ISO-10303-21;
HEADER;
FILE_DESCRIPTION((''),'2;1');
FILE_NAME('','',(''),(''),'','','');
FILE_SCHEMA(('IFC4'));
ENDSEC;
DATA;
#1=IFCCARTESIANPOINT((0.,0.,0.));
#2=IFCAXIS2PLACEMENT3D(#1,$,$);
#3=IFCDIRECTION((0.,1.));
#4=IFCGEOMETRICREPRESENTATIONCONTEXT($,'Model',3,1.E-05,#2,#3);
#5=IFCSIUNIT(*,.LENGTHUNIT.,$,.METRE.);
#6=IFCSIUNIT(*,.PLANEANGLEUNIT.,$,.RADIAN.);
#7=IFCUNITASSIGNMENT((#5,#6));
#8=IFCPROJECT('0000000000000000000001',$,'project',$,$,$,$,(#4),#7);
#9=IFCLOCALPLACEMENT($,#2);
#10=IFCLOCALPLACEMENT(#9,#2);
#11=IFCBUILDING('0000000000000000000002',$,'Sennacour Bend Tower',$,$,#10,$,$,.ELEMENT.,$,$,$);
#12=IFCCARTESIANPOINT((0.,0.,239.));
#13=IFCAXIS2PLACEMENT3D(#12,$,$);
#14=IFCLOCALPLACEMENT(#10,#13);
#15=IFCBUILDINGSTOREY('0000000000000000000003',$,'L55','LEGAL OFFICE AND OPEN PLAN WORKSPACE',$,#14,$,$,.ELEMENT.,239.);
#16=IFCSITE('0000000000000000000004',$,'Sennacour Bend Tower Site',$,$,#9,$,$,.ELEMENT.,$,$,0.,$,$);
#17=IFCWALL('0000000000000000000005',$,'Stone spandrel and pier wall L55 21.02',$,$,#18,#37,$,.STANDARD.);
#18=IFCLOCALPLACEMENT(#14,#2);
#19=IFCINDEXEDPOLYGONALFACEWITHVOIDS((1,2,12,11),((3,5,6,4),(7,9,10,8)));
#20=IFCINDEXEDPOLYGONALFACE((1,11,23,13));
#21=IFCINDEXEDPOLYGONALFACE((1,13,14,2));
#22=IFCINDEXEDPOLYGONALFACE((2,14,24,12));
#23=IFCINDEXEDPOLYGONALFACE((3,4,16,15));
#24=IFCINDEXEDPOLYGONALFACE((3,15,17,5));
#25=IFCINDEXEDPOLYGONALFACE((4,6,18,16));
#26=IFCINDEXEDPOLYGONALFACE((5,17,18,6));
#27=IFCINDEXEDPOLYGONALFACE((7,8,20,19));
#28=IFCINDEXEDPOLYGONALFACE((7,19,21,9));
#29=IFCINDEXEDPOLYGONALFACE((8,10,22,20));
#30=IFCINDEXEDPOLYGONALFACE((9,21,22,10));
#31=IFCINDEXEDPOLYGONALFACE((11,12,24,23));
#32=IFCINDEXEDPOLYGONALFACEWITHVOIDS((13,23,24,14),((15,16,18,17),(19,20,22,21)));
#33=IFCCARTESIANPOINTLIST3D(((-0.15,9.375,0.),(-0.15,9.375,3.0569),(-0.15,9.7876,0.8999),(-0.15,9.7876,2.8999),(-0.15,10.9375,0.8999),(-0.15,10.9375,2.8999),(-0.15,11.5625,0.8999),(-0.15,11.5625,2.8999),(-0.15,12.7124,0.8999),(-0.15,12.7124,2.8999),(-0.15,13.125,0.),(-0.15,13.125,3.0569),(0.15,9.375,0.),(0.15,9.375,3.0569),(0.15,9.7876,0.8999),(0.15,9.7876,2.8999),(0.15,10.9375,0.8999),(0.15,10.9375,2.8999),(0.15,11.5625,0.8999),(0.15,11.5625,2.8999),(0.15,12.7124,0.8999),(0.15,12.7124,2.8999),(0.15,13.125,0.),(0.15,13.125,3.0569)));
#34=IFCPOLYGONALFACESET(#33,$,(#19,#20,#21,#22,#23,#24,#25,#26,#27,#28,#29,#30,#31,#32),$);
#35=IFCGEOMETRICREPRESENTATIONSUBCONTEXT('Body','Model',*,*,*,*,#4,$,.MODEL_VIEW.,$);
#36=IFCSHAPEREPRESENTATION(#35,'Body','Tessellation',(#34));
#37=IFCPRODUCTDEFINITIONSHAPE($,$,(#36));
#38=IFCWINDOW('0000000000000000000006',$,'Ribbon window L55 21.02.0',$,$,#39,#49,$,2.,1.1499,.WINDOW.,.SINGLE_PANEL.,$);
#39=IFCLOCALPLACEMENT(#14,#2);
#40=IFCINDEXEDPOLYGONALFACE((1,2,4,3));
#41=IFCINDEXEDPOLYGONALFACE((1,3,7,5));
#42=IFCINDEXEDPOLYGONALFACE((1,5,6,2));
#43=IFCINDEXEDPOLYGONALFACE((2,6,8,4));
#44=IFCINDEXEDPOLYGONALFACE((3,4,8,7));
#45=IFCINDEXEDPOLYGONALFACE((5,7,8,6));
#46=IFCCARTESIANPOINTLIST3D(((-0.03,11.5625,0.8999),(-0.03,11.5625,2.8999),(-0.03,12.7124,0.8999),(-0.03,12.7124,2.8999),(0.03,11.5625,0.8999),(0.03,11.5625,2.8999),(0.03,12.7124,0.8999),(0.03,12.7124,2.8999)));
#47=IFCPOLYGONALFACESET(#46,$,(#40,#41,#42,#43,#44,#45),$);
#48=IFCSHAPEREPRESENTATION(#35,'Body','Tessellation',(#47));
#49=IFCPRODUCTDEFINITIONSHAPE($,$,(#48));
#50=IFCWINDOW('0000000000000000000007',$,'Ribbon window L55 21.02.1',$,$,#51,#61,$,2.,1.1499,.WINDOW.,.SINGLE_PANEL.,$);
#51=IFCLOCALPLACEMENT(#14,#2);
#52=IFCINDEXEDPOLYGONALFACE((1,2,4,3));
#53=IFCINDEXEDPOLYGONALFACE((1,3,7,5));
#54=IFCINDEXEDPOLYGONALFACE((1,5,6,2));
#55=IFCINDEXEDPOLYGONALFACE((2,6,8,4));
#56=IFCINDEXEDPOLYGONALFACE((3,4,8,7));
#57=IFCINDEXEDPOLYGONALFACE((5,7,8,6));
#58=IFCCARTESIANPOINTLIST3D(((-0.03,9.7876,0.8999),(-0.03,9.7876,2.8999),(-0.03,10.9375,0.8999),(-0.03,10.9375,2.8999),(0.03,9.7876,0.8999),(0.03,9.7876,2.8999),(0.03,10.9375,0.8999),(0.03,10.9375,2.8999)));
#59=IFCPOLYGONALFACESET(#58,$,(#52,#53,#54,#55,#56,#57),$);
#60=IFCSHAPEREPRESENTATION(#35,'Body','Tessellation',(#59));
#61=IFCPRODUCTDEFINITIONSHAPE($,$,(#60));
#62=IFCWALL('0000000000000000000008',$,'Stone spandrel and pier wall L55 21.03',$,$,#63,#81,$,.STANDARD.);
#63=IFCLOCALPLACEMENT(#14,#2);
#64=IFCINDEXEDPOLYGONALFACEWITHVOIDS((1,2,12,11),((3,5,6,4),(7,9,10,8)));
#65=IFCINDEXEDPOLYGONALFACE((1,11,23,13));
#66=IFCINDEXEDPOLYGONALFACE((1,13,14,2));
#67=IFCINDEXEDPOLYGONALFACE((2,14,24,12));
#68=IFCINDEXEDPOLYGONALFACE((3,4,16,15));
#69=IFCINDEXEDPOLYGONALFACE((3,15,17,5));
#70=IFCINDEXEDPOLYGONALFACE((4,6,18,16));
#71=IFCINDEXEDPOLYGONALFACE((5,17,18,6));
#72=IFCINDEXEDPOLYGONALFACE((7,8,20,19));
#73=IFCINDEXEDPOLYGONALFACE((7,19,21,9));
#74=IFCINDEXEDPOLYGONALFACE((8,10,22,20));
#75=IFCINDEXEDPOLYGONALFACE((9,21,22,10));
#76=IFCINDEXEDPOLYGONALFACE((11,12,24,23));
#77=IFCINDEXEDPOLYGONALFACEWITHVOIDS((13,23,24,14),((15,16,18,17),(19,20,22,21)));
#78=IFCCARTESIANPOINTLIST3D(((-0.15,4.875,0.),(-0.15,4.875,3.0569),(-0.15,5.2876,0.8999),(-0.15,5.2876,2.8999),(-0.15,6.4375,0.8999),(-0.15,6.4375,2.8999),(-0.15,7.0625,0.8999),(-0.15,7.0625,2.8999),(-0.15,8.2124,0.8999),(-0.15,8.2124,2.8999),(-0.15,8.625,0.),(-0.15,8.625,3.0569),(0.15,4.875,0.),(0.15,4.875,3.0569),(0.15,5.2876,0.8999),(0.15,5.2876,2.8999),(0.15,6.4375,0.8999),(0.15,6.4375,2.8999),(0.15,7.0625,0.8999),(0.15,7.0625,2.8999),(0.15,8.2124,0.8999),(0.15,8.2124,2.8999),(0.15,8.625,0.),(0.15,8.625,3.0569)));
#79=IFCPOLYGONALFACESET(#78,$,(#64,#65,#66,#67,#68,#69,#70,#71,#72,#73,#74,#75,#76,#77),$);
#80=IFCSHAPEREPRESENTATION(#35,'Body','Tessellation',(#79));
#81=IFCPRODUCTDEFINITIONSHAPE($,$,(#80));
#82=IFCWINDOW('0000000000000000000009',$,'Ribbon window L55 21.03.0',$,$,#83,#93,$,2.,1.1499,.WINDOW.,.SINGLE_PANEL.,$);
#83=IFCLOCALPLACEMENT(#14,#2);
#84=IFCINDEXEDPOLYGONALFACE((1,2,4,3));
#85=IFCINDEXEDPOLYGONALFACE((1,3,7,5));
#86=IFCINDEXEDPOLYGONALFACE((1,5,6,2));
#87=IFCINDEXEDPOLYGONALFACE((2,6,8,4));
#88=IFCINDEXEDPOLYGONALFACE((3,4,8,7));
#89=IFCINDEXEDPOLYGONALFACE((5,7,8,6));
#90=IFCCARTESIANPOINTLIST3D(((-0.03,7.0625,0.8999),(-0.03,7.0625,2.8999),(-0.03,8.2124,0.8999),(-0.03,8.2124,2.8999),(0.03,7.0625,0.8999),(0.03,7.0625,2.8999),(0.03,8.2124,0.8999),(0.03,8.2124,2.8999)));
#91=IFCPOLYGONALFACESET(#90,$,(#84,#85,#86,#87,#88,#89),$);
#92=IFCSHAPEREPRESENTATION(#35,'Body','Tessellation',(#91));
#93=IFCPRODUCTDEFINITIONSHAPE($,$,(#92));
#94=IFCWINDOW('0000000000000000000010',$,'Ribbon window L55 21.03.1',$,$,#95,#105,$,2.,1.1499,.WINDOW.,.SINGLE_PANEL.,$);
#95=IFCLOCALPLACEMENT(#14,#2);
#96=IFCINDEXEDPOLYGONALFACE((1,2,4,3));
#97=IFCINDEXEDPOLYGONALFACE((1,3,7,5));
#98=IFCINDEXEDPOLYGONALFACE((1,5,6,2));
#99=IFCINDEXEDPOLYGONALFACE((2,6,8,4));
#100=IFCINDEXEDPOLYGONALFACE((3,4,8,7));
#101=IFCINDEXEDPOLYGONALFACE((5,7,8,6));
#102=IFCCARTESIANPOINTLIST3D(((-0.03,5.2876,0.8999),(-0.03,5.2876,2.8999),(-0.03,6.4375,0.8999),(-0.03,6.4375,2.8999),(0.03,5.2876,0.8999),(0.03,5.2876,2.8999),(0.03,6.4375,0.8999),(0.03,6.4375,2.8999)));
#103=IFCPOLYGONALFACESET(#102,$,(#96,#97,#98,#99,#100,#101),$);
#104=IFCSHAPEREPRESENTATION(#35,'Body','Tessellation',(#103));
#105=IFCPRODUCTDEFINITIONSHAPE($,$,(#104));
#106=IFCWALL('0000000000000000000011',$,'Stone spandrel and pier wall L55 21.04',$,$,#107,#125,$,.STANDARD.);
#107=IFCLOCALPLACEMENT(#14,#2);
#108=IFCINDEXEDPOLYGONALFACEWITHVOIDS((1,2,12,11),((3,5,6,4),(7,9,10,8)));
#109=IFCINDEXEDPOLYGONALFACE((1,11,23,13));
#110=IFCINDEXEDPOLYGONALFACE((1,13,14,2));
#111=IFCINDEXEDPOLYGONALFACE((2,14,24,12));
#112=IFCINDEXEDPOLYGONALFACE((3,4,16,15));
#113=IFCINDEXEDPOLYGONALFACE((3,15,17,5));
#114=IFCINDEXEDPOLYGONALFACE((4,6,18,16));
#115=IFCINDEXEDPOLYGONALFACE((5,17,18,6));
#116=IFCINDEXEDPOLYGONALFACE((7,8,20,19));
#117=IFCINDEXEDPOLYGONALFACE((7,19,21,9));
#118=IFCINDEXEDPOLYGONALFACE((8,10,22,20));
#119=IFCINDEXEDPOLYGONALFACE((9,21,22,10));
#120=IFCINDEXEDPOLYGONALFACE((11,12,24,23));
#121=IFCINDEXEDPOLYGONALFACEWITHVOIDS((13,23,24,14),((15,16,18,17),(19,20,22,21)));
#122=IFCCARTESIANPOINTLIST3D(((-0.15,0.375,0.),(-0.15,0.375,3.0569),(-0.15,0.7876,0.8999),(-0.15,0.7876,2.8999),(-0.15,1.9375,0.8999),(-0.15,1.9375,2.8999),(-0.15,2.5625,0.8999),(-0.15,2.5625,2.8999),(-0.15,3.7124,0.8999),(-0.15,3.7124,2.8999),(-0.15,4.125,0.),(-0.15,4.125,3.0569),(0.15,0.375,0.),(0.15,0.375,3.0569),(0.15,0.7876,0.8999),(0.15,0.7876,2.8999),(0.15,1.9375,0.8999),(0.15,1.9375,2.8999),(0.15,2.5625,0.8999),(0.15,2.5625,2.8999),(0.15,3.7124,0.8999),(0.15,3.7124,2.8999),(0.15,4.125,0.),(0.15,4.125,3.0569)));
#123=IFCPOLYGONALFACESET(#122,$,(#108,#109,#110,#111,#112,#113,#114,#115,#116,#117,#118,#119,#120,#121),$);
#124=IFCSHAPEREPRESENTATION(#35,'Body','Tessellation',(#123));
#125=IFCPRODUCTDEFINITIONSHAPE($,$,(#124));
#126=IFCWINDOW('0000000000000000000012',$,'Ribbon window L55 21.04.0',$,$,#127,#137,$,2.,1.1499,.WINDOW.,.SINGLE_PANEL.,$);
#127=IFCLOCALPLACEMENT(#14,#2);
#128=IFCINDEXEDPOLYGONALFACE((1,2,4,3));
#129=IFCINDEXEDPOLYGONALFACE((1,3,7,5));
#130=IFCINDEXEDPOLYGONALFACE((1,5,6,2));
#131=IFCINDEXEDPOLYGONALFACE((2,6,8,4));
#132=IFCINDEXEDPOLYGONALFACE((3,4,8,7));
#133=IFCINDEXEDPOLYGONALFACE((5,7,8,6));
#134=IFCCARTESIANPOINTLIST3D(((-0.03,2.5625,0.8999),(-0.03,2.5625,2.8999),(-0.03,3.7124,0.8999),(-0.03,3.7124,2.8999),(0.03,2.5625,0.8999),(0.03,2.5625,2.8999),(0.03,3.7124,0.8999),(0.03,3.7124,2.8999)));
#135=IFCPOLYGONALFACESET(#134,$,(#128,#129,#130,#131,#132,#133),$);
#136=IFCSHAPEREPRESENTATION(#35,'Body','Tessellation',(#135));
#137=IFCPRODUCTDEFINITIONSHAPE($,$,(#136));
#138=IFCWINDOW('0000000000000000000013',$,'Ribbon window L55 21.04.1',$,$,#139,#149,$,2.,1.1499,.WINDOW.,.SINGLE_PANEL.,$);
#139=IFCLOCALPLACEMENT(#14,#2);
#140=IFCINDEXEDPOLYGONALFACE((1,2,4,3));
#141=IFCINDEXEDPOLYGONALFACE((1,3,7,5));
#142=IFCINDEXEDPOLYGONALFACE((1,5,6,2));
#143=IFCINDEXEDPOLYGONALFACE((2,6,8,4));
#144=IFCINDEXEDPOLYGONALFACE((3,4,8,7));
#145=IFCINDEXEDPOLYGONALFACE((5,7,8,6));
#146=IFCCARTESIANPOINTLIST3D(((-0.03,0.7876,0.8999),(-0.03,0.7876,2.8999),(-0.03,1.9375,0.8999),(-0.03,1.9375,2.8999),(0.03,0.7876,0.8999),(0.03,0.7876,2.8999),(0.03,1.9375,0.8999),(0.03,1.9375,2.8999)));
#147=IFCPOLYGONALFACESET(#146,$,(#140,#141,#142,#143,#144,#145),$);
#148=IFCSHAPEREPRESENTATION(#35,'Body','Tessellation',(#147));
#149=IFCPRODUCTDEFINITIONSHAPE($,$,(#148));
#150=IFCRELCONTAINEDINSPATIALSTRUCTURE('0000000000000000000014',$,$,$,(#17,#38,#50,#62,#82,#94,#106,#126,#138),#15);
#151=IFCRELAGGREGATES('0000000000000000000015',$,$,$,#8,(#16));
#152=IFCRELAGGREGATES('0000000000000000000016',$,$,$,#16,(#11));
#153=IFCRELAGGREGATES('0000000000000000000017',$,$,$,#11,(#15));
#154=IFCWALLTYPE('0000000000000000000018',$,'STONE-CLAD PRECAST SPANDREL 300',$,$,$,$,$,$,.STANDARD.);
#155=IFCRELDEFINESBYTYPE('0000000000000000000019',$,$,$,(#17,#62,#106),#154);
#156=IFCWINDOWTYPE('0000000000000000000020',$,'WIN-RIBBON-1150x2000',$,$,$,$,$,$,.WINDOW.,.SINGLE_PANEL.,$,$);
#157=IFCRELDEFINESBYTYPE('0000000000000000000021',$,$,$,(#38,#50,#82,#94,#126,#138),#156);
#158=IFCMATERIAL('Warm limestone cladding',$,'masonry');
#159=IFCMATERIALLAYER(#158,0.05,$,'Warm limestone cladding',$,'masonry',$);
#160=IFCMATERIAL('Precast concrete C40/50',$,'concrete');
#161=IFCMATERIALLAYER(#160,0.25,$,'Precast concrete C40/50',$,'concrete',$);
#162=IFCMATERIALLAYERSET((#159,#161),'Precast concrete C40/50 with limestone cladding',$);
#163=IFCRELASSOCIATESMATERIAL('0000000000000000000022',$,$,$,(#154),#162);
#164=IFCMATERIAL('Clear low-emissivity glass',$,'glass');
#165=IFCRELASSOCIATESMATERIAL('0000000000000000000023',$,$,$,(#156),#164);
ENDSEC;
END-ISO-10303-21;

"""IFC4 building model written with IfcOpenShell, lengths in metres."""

from ifc_helpers import new_model, si_unit, direction, frame, frame_2d, origin, place, context, subcontext, project, spatial, rectangle, extrude, material, layer, layer_set, type_object, element, fill, save


model = new_model("IFC4")

# Units and contexts
model_context = context("Model", 3, precision=1e-05, world=origin(), true_north=direction((0.0, 1.0)))
body_context = subcontext(model_context, "Body", "Model", "MODEL_VIEW")
ifc_project = project(units=[si_unit("LENGTHUNIT", "METRE"), si_unit("PLANEANGLEUNIT", "RADIAN")], contexts=[model_context])

# Site, building, storey
site_placement = place(None, origin())
site = spatial("IfcSite", under=ifc_project, at=site_placement, Name="Sennacour Bend Tower Site", CompositionType="ELEMENT", RefElevation=0.0)
building_placement = place(site_placement, origin())
building = spatial("IfcBuilding", under=site, at=building_placement, Name="Sennacour Bend Tower", CompositionType="ELEMENT")
storey_placement = place(building_placement, frame((0.0, 0.0, 239.0)))
storey = spatial("IfcBuildingStorey", under=building, at=storey_placement, Name="L55", Description="LEGAL OFFICE AND OPEN PLAN WORKSPACE", CompositionType="ELEMENT", Elevation=239.0)

# Walls, openings, windows
ifc_material_1 = material(Name="Warm limestone cladding", Category="masonry")
ifc_layer_1 = layer(ifc_material_1, 0.05, Name="Warm limestone cladding", Category="masonry")
ifc_material_2 = material(Name="Precast concrete C40/50", Category="concrete")
ifc_layer_2 = layer(ifc_material_2, 0.25, Name="Precast concrete C40/50", Category="concrete")
ifc_layer_set_1 = layer_set([ifc_layer_1, ifc_layer_2], Name="Precast concrete C40/50 with limestone cladding")
wall_type_1 = type_object("IfcWallType", Name="STONE-CLAD PRECAST SPANDREL 300", PredefinedType="STANDARD", material=ifc_layer_set_1)
wall_1_placement = place(storey_placement, frame((0.0, 13.125, 0.0), z_axis=(0.0, 0.0, 1.0), x_axis=(0.0, -1.0, 0.0)))
wall_1 = element("IfcWall", 1, at=wall_1_placement, inside=storey, type_object=wall_type_1, Name="Stone spandrel and pier wall L55 21.02", PredefinedType="STANDARD", context=body_context, shape_type="SweptSolid", body=[
    extrude(rectangle(XDim=3.75, YDim=0.3, at=frame_2d((1.875, 0.0))), origin(), (0.0, 0.0, 1.0), 3.0569),
])
opening_1_placement = place(wall_1_placement, frame((0.4126, 0.0, 0.8999)))
opening_1 = element("IfcOpeningElement", 2, at=opening_1_placement, cuts=wall_1, PredefinedType="OPENING", context=body_context, shape_type="SweptSolid", body=[
    extrude(rectangle(XDim=1.1499, YDim=2.0, at=frame_2d((0.575, 1.0))), frame((0.0, 0.1602, 0.0), z_axis=(0.0, -1.0, 0.0), x_axis=(1.0, 0.0, 0.0)), (0.0, 0.0, 1.0), 0.3201),
])
opening_2_placement = place(wall_1_placement, frame((2.1875, 0.0, 0.8999)))
opening_2 = element("IfcOpeningElement", 3, at=opening_2_placement, cuts=wall_1, PredefinedType="OPENING", context=body_context, shape_type="SweptSolid", body=[
    extrude(rectangle(XDim=1.1499, YDim=2.0, at=frame_2d((0.575, 1.0))), frame((0.0, 0.1602, 0.0), z_axis=(0.0, -1.0, 0.0), x_axis=(1.0, 0.0, 0.0)), (0.0, 0.0, 1.0), 0.3201),
])
ifc_material_3 = material(Name="Clear low-emissivity glass", Category="glass")
window_type = type_object("IfcWindowType", Name="WIN-RIBBON-1150x2000", PartitioningType="SINGLE_PANEL", PredefinedType="WINDOW", material=ifc_material_3)
window_1_placement = place(opening_1_placement, origin())
window_1 = element("IfcWindow", 4, at=window_1_placement, inside=storey, type_object=window_type, Name="Ribbon window L55 21.02.0", OverallHeight=2.0, OverallWidth=1.1499, PartitioningType="SINGLE_PANEL", PredefinedType="WINDOW", context=body_context, shape_type="SweptSolid", body=[
    extrude(rectangle(XDim=1.1499, YDim=2.0, at=frame_2d((0.575, 1.0))), frame((0.0, 0.03, 0.0), z_axis=(0.0, -1.0, 0.0), x_axis=(1.0, 0.0, 0.0)), (0.0, 0.0, 1.0), 0.0601),
])
fill(opening_1, window_1)
window_2_placement = place(opening_2_placement, origin())
window_2 = element("IfcWindow", 5, at=window_2_placement, inside=storey, type_object=window_type, Name="Ribbon window L55 21.02.1", OverallHeight=2.0, OverallWidth=1.1499, PartitioningType="SINGLE_PANEL", PredefinedType="WINDOW", context=body_context, shape_type="SweptSolid", body=[
    extrude(rectangle(XDim=1.1499, YDim=2.0, at=frame_2d((0.575, 1.0))), frame((0.0, 0.03, 0.0), z_axis=(0.0, -1.0, 0.0), x_axis=(1.0, 0.0, 0.0)), (0.0, 0.0, 1.0), 0.0601),
])
fill(opening_2, window_2)
wall_2_placement = place(storey_placement, frame((0.0, 8.625, 0.0), z_axis=(0.0, 0.0, 1.0), x_axis=(0.0, -1.0, 0.0)))
wall_2 = element("IfcWall", 6, at=wall_2_placement, inside=storey, type_object=wall_type_1, Name="Stone spandrel and pier wall L55 21.03", PredefinedType="STANDARD", context=body_context, shape_type="SweptSolid", body=[
    extrude(rectangle(XDim=3.75, YDim=0.3, at=frame_2d((1.875, 0.0))), origin(), (0.0, 0.0, 1.0), 3.0569),
])
opening_3_placement = place(wall_2_placement, frame((0.4126, 0.0, 0.8999)))
opening_3 = element("IfcOpeningElement", 7, at=opening_3_placement, cuts=wall_2, PredefinedType="OPENING", context=body_context, shape_type="SweptSolid", body=[
    extrude(rectangle(XDim=1.1499, YDim=2.0, at=frame_2d((0.575, 1.0))), frame((0.0, 0.1602, 0.0), z_axis=(0.0, -1.0, 0.0), x_axis=(1.0, 0.0, 0.0)), (0.0, 0.0, 1.0), 0.3201),
])
opening_4_placement = place(wall_2_placement, frame((2.1875, 0.0, 0.8999)))
opening_4 = element("IfcOpeningElement", 8, at=opening_4_placement, cuts=wall_2, PredefinedType="OPENING", context=body_context, shape_type="SweptSolid", body=[
    extrude(rectangle(XDim=1.1499, YDim=2.0, at=frame_2d((0.575, 1.0))), frame((0.0, 0.1602, 0.0), z_axis=(0.0, -1.0, 0.0), x_axis=(1.0, 0.0, 0.0)), (0.0, 0.0, 1.0), 0.3201),
])
window_3_placement = place(opening_3_placement, origin())
window_3 = element("IfcWindow", 9, at=window_3_placement, inside=storey, type_object=window_type, Name="Ribbon window L55 21.03.0", OverallHeight=2.0, OverallWidth=1.1499, PartitioningType="SINGLE_PANEL", PredefinedType="WINDOW", context=body_context, shape_type="SweptSolid", body=[
    extrude(rectangle(XDim=1.1499, YDim=2.0, at=frame_2d((0.575, 1.0))), frame((0.0, 0.03, 0.0), z_axis=(0.0, -1.0, 0.0), x_axis=(1.0, 0.0, 0.0)), (0.0, 0.0, 1.0), 0.0601),
])
fill(opening_3, window_3)
window_4_placement = place(opening_4_placement, origin())
window_4 = element("IfcWindow", 10, at=window_4_placement, inside=storey, type_object=window_type, Name="Ribbon window L55 21.03.1", OverallHeight=2.0, OverallWidth=1.1499, PartitioningType="SINGLE_PANEL", PredefinedType="WINDOW", context=body_context, shape_type="SweptSolid", body=[
    extrude(rectangle(XDim=1.1499, YDim=2.0, at=frame_2d((0.575, 1.0))), frame((0.0, 0.03, 0.0), z_axis=(0.0, -1.0, 0.0), x_axis=(1.0, 0.0, 0.0)), (0.0, 0.0, 1.0), 0.0601),
])
fill(opening_4, window_4)
wall_3_placement = place(storey_placement, frame((0.0, 4.125, 0.0), z_axis=(0.0, 0.0, 1.0), x_axis=(0.0, -1.0, 0.0)))
wall_3 = element("IfcWall", 11, at=wall_3_placement, inside=storey, type_object=wall_type_1, Name="Stone spandrel and pier wall L55 21.04", PredefinedType="STANDARD", context=body_context, shape_type="SweptSolid", body=[
    extrude(rectangle(XDim=3.75, YDim=0.3, at=frame_2d((1.875, 0.0))), origin(), (0.0, 0.0, 1.0), 3.0569),
])
opening_5_placement = place(wall_3_placement, frame((0.4126, 0.0, 0.8999)))
opening_5 = element("IfcOpeningElement", 12, at=opening_5_placement, cuts=wall_3, PredefinedType="OPENING", context=body_context, shape_type="SweptSolid", body=[
    extrude(rectangle(XDim=1.1499, YDim=2.0, at=frame_2d((0.575, 1.0))), frame((0.0, 0.1602, 0.0), z_axis=(0.0, -1.0, 0.0), x_axis=(1.0, 0.0, 0.0)), (0.0, 0.0, 1.0), 0.3201),
])
opening_6_placement = place(wall_3_placement, frame((2.1875, 0.0, 0.8999)))
opening_6 = element("IfcOpeningElement", 13, at=opening_6_placement, cuts=wall_3, PredefinedType="OPENING", context=body_context, shape_type="SweptSolid", body=[
    extrude(rectangle(XDim=1.1499, YDim=2.0, at=frame_2d((0.575, 1.0))), frame((0.0, 0.1602, 0.0), z_axis=(0.0, -1.0, 0.0), x_axis=(1.0, 0.0, 0.0)), (0.0, 0.0, 1.0), 0.3201),
])
window_5_placement = place(opening_5_placement, origin())
window_5 = element("IfcWindow", 14, at=window_5_placement, inside=storey, type_object=window_type, Name="Ribbon window L55 21.04.0", OverallHeight=2.0, OverallWidth=1.1499, PartitioningType="SINGLE_PANEL", PredefinedType="WINDOW", context=body_context, shape_type="SweptSolid", body=[
    extrude(rectangle(XDim=1.1499, YDim=2.0, at=frame_2d((0.575, 1.0))), frame((0.0, 0.03, 0.0), z_axis=(0.0, -1.0, 0.0), x_axis=(1.0, 0.0, 0.0)), (0.0, 0.0, 1.0), 0.0601),
])
fill(opening_5, window_5)
window_6_placement = place(opening_6_placement, origin())
window_6 = element("IfcWindow", 15, at=window_6_placement, inside=storey, type_object=window_type, Name="Ribbon window L55 21.04.1", OverallHeight=2.0, OverallWidth=1.1499, PartitioningType="SINGLE_PANEL", PredefinedType="WINDOW", context=body_context, shape_type="SweptSolid", body=[
    extrude(rectangle(XDim=1.1499, YDim=2.0, at=frame_2d((0.575, 1.0))), frame((0.0, 0.03, 0.0), z_axis=(0.0, -1.0, 0.0), x_axis=(1.0, 0.0, 0.0)), (0.0, 0.0, 1.0), 0.0601),
])
fill(opening_6, window_6)

save(model, "model.ifc")
